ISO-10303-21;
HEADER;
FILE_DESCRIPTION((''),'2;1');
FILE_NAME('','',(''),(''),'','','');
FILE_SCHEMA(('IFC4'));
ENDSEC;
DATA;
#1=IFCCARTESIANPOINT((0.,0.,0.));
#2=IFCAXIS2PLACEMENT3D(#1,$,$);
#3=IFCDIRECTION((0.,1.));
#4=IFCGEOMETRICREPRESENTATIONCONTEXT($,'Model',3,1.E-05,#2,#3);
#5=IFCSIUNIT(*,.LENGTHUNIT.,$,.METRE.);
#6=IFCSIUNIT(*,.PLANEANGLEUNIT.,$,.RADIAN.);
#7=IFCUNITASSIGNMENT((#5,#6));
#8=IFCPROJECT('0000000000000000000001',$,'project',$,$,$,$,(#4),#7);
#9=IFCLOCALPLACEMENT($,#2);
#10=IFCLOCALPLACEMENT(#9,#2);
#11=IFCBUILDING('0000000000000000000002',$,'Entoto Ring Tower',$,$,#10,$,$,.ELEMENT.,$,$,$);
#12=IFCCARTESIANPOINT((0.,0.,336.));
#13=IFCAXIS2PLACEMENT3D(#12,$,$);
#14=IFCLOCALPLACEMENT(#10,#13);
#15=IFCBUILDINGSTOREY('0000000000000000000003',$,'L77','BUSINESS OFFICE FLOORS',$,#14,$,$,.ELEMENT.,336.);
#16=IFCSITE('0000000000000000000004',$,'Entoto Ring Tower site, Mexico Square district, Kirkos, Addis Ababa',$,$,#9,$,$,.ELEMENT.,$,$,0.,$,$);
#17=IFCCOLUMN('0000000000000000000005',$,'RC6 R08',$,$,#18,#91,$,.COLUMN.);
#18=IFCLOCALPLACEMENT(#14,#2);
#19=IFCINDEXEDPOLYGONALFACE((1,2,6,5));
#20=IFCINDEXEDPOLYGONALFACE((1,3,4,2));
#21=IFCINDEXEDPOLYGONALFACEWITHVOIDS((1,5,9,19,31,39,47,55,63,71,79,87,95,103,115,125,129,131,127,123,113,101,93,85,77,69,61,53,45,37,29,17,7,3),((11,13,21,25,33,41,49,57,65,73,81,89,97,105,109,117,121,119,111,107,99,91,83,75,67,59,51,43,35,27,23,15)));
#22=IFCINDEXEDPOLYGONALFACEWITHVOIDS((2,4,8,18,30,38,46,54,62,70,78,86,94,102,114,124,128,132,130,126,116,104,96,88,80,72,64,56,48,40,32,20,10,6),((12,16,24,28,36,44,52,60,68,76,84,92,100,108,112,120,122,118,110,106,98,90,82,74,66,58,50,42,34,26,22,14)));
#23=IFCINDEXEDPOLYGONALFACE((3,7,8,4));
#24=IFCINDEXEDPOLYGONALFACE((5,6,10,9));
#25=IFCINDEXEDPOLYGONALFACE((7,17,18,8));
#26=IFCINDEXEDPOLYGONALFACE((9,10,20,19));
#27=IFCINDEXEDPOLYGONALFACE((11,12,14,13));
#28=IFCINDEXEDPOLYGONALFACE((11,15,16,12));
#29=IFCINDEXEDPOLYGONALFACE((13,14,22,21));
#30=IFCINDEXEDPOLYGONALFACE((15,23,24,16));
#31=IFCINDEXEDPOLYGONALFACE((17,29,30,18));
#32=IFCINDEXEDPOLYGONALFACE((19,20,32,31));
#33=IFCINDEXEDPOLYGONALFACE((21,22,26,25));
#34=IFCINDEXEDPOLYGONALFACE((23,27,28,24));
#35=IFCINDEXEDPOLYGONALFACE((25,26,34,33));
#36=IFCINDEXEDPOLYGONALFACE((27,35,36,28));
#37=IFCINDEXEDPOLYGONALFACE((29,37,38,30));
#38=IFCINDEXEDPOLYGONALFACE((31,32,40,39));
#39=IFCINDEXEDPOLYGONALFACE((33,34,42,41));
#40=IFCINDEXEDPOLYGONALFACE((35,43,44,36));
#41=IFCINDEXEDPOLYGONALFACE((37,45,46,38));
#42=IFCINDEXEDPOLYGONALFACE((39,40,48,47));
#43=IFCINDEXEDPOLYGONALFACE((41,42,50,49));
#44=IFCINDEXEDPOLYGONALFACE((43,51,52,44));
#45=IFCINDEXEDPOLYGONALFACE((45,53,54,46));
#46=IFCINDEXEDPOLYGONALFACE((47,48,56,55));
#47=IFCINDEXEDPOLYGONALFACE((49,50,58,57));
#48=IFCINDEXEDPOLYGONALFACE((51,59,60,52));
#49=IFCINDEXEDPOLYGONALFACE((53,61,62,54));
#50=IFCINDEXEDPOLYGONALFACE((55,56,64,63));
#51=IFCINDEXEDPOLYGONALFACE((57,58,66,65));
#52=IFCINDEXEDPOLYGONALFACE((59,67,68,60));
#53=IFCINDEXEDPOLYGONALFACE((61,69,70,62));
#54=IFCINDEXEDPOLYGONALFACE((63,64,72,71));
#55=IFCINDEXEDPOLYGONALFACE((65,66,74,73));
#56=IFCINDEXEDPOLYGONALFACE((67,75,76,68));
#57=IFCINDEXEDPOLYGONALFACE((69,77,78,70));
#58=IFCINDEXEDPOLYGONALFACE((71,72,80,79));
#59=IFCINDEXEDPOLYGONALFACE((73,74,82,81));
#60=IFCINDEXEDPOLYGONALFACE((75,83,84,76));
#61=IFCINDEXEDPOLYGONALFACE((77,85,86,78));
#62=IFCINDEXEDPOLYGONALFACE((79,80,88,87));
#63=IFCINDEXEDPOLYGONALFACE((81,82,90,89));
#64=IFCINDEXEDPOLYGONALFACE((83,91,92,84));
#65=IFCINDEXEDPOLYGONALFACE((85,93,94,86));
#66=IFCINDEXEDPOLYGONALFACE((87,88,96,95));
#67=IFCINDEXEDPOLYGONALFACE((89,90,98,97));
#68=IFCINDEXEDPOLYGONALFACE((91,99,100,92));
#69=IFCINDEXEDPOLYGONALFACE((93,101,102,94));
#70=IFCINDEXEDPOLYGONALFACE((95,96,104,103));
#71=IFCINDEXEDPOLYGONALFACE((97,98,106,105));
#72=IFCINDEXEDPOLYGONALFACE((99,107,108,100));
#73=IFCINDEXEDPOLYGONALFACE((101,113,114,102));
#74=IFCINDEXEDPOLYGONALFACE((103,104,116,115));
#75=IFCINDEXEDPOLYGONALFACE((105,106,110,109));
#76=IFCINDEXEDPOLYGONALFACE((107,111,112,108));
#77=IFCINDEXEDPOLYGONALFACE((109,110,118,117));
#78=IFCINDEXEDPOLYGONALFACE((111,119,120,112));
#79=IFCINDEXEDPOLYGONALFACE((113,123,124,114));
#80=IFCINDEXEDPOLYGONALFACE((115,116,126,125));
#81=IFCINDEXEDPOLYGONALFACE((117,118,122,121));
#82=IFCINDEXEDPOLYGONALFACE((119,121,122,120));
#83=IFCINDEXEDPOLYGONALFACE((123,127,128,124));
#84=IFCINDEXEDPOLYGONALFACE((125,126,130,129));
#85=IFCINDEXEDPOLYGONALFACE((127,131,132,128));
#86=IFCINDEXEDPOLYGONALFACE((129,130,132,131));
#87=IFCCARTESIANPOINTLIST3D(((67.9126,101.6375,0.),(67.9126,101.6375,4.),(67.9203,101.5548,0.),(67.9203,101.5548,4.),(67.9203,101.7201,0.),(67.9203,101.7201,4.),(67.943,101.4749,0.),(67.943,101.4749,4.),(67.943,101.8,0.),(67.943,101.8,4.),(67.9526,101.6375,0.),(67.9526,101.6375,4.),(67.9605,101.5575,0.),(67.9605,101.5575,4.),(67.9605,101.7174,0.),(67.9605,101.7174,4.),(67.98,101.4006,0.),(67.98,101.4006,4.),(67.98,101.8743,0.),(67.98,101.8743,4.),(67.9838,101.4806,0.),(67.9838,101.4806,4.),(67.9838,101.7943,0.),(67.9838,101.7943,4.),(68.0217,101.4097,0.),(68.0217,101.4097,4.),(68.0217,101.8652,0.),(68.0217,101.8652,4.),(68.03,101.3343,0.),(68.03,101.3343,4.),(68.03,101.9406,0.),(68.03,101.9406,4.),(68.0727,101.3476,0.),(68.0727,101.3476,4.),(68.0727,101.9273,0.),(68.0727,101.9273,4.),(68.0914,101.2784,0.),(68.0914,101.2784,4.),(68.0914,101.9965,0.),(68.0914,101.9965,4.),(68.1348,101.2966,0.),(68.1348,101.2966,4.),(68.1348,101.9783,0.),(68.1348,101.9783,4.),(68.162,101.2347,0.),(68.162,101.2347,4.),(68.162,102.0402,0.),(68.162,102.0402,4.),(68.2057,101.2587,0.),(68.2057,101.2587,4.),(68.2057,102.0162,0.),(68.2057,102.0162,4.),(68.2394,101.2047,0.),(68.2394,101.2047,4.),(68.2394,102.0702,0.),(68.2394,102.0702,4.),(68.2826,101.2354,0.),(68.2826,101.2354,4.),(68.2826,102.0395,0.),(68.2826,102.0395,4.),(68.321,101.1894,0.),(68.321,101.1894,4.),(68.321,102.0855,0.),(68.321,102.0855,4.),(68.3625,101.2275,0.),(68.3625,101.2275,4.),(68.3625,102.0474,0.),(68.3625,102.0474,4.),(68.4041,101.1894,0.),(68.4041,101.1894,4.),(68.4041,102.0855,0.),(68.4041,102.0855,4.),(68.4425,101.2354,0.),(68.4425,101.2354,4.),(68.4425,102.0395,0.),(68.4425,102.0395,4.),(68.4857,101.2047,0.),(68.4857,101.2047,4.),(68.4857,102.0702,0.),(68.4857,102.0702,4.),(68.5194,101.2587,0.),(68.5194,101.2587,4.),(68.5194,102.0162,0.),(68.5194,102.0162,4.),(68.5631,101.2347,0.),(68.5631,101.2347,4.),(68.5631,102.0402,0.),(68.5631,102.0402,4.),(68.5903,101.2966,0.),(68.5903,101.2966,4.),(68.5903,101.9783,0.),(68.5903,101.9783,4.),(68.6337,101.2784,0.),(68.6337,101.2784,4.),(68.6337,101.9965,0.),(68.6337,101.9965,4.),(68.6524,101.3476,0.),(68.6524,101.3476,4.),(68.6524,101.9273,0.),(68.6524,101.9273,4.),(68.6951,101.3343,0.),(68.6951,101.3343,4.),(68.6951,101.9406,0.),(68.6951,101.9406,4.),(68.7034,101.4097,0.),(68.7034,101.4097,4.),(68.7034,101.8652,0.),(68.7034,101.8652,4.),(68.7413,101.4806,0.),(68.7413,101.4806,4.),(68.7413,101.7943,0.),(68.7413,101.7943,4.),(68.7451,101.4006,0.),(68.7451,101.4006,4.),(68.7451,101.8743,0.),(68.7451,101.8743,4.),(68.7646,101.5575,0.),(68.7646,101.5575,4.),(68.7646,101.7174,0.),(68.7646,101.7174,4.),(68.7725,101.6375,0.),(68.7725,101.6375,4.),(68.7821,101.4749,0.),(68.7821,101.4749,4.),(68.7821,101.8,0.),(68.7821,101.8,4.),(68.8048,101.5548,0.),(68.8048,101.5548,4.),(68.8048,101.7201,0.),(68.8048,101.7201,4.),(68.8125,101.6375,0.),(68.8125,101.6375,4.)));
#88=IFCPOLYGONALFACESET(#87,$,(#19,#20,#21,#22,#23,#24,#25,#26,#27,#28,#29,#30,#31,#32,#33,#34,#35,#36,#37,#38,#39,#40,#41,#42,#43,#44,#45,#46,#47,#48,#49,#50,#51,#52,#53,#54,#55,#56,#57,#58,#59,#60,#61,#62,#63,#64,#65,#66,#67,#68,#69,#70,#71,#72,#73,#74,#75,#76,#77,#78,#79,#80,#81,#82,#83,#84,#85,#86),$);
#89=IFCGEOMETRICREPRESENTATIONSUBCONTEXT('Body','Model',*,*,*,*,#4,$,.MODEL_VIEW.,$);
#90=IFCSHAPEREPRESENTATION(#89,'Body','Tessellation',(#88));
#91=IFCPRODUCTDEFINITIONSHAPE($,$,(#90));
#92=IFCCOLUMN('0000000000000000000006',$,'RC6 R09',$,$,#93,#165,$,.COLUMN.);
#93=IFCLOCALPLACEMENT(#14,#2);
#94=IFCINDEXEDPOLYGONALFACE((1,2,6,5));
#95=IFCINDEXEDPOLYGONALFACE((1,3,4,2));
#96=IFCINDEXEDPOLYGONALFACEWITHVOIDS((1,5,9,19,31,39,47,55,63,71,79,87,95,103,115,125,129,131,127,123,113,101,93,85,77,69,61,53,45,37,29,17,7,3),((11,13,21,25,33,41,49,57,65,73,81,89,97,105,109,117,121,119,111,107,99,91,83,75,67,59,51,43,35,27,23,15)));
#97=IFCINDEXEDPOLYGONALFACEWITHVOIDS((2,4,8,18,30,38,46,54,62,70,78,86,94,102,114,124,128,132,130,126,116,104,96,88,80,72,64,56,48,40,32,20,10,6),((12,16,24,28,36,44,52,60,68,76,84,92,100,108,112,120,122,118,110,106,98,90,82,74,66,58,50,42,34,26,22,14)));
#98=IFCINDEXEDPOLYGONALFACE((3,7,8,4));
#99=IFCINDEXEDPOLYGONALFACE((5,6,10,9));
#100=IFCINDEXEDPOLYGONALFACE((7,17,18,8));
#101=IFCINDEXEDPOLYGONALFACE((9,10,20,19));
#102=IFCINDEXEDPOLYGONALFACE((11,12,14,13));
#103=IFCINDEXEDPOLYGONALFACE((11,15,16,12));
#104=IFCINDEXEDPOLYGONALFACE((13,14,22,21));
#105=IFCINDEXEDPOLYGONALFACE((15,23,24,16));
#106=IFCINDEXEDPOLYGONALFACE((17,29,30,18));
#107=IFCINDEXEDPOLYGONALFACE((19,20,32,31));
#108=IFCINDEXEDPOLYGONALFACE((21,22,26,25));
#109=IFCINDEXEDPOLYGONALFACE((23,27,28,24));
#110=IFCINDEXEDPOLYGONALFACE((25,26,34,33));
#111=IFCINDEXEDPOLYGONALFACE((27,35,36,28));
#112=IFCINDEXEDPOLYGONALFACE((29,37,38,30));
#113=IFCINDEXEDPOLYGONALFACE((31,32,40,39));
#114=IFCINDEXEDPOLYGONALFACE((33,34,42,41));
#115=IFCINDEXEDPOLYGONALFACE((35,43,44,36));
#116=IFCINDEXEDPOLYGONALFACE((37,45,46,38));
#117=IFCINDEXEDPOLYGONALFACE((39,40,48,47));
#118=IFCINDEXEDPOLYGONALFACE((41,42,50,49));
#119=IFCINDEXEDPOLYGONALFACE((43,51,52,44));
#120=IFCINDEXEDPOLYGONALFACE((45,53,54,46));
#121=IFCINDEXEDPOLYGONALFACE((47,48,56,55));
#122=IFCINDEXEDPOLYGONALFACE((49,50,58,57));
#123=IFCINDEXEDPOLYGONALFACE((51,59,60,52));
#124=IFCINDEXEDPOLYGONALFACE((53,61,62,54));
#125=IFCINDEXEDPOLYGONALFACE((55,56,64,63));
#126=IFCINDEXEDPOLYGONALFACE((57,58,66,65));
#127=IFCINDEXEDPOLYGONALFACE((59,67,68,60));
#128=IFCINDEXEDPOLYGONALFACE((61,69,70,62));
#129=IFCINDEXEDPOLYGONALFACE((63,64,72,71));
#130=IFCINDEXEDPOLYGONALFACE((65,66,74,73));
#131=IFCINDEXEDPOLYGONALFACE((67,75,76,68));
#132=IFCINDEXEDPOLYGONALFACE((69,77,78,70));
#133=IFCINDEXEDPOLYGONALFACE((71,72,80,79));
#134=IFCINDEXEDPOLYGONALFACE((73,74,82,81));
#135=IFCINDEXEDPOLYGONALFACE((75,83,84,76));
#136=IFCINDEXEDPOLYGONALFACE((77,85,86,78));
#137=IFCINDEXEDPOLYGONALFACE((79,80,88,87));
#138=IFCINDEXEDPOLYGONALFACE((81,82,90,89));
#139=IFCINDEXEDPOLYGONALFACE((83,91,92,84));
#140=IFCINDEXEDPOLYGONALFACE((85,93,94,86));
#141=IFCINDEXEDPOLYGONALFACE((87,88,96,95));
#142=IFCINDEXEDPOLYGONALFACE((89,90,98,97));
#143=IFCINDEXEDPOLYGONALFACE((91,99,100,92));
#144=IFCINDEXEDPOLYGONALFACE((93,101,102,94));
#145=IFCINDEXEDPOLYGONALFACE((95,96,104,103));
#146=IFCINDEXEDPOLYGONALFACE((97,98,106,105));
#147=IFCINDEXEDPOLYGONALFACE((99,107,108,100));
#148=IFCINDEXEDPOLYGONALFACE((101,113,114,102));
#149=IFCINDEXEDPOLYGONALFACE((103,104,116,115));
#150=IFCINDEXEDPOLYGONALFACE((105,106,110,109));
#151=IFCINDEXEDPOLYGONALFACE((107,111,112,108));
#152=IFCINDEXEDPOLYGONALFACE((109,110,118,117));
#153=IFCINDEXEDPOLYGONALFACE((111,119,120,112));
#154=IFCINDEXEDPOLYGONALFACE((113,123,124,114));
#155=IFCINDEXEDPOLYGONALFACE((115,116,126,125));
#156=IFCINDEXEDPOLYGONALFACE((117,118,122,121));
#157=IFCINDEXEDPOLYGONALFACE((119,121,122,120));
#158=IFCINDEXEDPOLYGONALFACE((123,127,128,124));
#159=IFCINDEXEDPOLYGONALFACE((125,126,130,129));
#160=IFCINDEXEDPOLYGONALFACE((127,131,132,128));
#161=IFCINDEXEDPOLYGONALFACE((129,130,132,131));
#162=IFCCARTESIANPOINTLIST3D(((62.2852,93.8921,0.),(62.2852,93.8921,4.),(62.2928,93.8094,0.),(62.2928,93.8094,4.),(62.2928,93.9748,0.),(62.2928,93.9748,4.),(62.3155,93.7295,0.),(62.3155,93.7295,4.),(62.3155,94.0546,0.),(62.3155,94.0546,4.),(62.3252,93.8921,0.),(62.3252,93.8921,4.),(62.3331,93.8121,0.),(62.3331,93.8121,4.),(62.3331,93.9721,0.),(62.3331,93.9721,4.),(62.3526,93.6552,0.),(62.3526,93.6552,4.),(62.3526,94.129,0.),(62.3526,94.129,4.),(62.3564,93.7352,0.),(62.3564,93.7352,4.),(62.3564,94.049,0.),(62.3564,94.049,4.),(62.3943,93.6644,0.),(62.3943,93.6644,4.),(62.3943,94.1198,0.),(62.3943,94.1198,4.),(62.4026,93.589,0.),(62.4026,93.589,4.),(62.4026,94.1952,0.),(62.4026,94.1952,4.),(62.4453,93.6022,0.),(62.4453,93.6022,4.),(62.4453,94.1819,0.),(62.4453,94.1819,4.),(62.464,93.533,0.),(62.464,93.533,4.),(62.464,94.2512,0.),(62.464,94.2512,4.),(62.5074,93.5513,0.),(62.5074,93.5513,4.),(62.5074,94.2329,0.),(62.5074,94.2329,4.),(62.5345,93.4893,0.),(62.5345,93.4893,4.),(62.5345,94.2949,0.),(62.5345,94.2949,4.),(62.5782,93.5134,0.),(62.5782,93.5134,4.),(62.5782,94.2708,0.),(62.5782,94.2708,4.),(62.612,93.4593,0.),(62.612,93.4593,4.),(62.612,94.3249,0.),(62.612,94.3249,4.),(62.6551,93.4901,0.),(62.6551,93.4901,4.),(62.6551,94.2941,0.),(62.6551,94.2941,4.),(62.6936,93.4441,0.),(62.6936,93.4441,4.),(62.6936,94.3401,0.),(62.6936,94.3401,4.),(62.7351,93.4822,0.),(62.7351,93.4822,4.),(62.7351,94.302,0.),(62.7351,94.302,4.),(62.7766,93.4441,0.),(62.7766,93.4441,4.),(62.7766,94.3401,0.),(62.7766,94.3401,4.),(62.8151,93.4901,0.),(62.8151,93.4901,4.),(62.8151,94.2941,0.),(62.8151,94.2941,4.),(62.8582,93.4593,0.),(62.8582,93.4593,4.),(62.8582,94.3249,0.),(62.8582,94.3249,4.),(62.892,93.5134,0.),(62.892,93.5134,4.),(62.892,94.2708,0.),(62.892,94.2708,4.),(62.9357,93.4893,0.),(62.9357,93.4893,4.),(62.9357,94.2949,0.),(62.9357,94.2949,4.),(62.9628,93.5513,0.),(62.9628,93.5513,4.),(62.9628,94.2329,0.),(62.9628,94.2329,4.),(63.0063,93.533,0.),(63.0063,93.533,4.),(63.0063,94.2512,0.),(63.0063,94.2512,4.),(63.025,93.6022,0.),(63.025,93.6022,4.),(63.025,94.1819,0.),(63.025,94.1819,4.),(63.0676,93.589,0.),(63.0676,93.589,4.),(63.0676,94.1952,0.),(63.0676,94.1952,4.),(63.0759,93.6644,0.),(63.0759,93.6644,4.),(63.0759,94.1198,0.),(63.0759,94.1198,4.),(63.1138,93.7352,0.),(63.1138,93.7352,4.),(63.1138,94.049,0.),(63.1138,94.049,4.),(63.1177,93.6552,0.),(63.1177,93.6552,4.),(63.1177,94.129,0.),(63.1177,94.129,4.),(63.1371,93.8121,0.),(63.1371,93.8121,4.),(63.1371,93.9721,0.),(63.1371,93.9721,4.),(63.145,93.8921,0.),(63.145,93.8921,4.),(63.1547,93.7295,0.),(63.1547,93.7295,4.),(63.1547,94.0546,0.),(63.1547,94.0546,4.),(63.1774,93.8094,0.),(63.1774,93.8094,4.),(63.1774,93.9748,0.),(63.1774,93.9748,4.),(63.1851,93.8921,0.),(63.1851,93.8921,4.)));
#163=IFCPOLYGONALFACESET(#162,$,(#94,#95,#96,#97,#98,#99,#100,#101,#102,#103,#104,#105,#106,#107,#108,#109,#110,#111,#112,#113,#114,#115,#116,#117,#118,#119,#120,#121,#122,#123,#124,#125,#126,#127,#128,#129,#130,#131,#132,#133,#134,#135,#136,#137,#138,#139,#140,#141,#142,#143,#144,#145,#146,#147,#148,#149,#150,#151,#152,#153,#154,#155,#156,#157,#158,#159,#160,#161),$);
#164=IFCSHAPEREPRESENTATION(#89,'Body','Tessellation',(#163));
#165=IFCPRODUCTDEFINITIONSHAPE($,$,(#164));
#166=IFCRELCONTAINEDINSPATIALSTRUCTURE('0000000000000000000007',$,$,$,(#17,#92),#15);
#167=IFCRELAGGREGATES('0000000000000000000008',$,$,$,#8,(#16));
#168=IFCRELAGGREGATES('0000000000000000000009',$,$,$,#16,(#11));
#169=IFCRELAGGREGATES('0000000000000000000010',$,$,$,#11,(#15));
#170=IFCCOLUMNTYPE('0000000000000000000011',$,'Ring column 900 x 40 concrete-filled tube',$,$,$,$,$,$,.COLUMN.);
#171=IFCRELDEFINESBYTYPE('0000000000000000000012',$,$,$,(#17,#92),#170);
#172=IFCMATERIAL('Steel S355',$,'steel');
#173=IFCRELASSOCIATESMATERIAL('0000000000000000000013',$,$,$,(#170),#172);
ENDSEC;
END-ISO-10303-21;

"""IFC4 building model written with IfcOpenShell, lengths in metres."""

from ifc_helpers import new_model, si_unit, direction, frame, origin, origin_2d, place, context, subcontext, project, spatial, circle, hollow_circle, extrude, material, material_profile, profile_set, type_object, element, save


model = new_model("IFC4")

# Units and contexts
model_context = context("Model", 3, precision=1e-05, world=origin(), true_north=direction((0.0, 1.0)))
body_context = subcontext(model_context, "Body", "Model", "MODEL_VIEW")
ifc_project = project(units=[si_unit("LENGTHUNIT", "METRE"), si_unit("PLANEANGLEUNIT", "RADIAN")], contexts=[model_context])

# Site, building, storey
site_placement = place(None, origin())
site = spatial("IfcSite", under=ifc_project, at=site_placement, Name="Entoto Ring Tower site, Mexico Square district, Kirkos, Addis Ababa", CompositionType="ELEMENT", RefElevation=0.0)
building_placement = place(site_placement, origin())
building = spatial("IfcBuilding", under=site, at=building_placement, Name="Entoto Ring Tower", CompositionType="ELEMENT")
storey_placement = place(building_placement, frame((0.0, 0.0, 336.0)))
storey = spatial("IfcBuildingStorey", under=building, at=storey_placement, Name="L77", Description="BUSINESS OFFICE FLOORS", CompositionType="ELEMENT", Elevation=336.0)

# Columns
ifc_material_1 = material(Name="Steel S355", Category="steel")
ifc_material_profile_1 = material_profile(ifc_material_1, hollow_circle(Radius=0.45, WallThickness=0.04, at=origin_2d()), Name="CHS 900 x 40")
ifc_material_2 = material(Name="Concrete C60/75", Category="concrete")
ifc_material_profile_2 = material_profile(ifc_material_2, circle(Radius=0.4099, at=origin_2d()), Name="Concrete C60/75 infill")
ifc_profile_set_1 = profile_set([ifc_material_profile_1, ifc_material_profile_2], Name="Steel S355")
column_type = type_object("IfcColumnType", Name="Ring column 900 x 40 concrete-filled tube", PredefinedType="COLUMN", material=ifc_profile_set_1)
for number, where, z_axis, x_axis, name in (
    (1, (68.3625, 101.6375, 0.0), (0.0, 0.0, 1.0), (1.0, 0.0, 0.0), "RC6 R08"),
    (2, (62.7351, 93.8921, 0.0), (0.0, 0.0, 1.0), (1.0, 0.0, 0.0), "RC6 R09"),
):
    element("IfcColumn", number, at=place(storey_placement, frame(where, z_axis=z_axis, x_axis=x_axis)), inside=storey, type_object=column_type, Name=name, PredefinedType="COLUMN", context=body_context, shape_type="SweptSolid", body=[
        extrude(hollow_circle(Radius=0.45, WallThickness=0.04, at=origin_2d()), origin(), (0.0, 0.0, 1.0), 4.0),
    ])

save(model, "model.ifc")
